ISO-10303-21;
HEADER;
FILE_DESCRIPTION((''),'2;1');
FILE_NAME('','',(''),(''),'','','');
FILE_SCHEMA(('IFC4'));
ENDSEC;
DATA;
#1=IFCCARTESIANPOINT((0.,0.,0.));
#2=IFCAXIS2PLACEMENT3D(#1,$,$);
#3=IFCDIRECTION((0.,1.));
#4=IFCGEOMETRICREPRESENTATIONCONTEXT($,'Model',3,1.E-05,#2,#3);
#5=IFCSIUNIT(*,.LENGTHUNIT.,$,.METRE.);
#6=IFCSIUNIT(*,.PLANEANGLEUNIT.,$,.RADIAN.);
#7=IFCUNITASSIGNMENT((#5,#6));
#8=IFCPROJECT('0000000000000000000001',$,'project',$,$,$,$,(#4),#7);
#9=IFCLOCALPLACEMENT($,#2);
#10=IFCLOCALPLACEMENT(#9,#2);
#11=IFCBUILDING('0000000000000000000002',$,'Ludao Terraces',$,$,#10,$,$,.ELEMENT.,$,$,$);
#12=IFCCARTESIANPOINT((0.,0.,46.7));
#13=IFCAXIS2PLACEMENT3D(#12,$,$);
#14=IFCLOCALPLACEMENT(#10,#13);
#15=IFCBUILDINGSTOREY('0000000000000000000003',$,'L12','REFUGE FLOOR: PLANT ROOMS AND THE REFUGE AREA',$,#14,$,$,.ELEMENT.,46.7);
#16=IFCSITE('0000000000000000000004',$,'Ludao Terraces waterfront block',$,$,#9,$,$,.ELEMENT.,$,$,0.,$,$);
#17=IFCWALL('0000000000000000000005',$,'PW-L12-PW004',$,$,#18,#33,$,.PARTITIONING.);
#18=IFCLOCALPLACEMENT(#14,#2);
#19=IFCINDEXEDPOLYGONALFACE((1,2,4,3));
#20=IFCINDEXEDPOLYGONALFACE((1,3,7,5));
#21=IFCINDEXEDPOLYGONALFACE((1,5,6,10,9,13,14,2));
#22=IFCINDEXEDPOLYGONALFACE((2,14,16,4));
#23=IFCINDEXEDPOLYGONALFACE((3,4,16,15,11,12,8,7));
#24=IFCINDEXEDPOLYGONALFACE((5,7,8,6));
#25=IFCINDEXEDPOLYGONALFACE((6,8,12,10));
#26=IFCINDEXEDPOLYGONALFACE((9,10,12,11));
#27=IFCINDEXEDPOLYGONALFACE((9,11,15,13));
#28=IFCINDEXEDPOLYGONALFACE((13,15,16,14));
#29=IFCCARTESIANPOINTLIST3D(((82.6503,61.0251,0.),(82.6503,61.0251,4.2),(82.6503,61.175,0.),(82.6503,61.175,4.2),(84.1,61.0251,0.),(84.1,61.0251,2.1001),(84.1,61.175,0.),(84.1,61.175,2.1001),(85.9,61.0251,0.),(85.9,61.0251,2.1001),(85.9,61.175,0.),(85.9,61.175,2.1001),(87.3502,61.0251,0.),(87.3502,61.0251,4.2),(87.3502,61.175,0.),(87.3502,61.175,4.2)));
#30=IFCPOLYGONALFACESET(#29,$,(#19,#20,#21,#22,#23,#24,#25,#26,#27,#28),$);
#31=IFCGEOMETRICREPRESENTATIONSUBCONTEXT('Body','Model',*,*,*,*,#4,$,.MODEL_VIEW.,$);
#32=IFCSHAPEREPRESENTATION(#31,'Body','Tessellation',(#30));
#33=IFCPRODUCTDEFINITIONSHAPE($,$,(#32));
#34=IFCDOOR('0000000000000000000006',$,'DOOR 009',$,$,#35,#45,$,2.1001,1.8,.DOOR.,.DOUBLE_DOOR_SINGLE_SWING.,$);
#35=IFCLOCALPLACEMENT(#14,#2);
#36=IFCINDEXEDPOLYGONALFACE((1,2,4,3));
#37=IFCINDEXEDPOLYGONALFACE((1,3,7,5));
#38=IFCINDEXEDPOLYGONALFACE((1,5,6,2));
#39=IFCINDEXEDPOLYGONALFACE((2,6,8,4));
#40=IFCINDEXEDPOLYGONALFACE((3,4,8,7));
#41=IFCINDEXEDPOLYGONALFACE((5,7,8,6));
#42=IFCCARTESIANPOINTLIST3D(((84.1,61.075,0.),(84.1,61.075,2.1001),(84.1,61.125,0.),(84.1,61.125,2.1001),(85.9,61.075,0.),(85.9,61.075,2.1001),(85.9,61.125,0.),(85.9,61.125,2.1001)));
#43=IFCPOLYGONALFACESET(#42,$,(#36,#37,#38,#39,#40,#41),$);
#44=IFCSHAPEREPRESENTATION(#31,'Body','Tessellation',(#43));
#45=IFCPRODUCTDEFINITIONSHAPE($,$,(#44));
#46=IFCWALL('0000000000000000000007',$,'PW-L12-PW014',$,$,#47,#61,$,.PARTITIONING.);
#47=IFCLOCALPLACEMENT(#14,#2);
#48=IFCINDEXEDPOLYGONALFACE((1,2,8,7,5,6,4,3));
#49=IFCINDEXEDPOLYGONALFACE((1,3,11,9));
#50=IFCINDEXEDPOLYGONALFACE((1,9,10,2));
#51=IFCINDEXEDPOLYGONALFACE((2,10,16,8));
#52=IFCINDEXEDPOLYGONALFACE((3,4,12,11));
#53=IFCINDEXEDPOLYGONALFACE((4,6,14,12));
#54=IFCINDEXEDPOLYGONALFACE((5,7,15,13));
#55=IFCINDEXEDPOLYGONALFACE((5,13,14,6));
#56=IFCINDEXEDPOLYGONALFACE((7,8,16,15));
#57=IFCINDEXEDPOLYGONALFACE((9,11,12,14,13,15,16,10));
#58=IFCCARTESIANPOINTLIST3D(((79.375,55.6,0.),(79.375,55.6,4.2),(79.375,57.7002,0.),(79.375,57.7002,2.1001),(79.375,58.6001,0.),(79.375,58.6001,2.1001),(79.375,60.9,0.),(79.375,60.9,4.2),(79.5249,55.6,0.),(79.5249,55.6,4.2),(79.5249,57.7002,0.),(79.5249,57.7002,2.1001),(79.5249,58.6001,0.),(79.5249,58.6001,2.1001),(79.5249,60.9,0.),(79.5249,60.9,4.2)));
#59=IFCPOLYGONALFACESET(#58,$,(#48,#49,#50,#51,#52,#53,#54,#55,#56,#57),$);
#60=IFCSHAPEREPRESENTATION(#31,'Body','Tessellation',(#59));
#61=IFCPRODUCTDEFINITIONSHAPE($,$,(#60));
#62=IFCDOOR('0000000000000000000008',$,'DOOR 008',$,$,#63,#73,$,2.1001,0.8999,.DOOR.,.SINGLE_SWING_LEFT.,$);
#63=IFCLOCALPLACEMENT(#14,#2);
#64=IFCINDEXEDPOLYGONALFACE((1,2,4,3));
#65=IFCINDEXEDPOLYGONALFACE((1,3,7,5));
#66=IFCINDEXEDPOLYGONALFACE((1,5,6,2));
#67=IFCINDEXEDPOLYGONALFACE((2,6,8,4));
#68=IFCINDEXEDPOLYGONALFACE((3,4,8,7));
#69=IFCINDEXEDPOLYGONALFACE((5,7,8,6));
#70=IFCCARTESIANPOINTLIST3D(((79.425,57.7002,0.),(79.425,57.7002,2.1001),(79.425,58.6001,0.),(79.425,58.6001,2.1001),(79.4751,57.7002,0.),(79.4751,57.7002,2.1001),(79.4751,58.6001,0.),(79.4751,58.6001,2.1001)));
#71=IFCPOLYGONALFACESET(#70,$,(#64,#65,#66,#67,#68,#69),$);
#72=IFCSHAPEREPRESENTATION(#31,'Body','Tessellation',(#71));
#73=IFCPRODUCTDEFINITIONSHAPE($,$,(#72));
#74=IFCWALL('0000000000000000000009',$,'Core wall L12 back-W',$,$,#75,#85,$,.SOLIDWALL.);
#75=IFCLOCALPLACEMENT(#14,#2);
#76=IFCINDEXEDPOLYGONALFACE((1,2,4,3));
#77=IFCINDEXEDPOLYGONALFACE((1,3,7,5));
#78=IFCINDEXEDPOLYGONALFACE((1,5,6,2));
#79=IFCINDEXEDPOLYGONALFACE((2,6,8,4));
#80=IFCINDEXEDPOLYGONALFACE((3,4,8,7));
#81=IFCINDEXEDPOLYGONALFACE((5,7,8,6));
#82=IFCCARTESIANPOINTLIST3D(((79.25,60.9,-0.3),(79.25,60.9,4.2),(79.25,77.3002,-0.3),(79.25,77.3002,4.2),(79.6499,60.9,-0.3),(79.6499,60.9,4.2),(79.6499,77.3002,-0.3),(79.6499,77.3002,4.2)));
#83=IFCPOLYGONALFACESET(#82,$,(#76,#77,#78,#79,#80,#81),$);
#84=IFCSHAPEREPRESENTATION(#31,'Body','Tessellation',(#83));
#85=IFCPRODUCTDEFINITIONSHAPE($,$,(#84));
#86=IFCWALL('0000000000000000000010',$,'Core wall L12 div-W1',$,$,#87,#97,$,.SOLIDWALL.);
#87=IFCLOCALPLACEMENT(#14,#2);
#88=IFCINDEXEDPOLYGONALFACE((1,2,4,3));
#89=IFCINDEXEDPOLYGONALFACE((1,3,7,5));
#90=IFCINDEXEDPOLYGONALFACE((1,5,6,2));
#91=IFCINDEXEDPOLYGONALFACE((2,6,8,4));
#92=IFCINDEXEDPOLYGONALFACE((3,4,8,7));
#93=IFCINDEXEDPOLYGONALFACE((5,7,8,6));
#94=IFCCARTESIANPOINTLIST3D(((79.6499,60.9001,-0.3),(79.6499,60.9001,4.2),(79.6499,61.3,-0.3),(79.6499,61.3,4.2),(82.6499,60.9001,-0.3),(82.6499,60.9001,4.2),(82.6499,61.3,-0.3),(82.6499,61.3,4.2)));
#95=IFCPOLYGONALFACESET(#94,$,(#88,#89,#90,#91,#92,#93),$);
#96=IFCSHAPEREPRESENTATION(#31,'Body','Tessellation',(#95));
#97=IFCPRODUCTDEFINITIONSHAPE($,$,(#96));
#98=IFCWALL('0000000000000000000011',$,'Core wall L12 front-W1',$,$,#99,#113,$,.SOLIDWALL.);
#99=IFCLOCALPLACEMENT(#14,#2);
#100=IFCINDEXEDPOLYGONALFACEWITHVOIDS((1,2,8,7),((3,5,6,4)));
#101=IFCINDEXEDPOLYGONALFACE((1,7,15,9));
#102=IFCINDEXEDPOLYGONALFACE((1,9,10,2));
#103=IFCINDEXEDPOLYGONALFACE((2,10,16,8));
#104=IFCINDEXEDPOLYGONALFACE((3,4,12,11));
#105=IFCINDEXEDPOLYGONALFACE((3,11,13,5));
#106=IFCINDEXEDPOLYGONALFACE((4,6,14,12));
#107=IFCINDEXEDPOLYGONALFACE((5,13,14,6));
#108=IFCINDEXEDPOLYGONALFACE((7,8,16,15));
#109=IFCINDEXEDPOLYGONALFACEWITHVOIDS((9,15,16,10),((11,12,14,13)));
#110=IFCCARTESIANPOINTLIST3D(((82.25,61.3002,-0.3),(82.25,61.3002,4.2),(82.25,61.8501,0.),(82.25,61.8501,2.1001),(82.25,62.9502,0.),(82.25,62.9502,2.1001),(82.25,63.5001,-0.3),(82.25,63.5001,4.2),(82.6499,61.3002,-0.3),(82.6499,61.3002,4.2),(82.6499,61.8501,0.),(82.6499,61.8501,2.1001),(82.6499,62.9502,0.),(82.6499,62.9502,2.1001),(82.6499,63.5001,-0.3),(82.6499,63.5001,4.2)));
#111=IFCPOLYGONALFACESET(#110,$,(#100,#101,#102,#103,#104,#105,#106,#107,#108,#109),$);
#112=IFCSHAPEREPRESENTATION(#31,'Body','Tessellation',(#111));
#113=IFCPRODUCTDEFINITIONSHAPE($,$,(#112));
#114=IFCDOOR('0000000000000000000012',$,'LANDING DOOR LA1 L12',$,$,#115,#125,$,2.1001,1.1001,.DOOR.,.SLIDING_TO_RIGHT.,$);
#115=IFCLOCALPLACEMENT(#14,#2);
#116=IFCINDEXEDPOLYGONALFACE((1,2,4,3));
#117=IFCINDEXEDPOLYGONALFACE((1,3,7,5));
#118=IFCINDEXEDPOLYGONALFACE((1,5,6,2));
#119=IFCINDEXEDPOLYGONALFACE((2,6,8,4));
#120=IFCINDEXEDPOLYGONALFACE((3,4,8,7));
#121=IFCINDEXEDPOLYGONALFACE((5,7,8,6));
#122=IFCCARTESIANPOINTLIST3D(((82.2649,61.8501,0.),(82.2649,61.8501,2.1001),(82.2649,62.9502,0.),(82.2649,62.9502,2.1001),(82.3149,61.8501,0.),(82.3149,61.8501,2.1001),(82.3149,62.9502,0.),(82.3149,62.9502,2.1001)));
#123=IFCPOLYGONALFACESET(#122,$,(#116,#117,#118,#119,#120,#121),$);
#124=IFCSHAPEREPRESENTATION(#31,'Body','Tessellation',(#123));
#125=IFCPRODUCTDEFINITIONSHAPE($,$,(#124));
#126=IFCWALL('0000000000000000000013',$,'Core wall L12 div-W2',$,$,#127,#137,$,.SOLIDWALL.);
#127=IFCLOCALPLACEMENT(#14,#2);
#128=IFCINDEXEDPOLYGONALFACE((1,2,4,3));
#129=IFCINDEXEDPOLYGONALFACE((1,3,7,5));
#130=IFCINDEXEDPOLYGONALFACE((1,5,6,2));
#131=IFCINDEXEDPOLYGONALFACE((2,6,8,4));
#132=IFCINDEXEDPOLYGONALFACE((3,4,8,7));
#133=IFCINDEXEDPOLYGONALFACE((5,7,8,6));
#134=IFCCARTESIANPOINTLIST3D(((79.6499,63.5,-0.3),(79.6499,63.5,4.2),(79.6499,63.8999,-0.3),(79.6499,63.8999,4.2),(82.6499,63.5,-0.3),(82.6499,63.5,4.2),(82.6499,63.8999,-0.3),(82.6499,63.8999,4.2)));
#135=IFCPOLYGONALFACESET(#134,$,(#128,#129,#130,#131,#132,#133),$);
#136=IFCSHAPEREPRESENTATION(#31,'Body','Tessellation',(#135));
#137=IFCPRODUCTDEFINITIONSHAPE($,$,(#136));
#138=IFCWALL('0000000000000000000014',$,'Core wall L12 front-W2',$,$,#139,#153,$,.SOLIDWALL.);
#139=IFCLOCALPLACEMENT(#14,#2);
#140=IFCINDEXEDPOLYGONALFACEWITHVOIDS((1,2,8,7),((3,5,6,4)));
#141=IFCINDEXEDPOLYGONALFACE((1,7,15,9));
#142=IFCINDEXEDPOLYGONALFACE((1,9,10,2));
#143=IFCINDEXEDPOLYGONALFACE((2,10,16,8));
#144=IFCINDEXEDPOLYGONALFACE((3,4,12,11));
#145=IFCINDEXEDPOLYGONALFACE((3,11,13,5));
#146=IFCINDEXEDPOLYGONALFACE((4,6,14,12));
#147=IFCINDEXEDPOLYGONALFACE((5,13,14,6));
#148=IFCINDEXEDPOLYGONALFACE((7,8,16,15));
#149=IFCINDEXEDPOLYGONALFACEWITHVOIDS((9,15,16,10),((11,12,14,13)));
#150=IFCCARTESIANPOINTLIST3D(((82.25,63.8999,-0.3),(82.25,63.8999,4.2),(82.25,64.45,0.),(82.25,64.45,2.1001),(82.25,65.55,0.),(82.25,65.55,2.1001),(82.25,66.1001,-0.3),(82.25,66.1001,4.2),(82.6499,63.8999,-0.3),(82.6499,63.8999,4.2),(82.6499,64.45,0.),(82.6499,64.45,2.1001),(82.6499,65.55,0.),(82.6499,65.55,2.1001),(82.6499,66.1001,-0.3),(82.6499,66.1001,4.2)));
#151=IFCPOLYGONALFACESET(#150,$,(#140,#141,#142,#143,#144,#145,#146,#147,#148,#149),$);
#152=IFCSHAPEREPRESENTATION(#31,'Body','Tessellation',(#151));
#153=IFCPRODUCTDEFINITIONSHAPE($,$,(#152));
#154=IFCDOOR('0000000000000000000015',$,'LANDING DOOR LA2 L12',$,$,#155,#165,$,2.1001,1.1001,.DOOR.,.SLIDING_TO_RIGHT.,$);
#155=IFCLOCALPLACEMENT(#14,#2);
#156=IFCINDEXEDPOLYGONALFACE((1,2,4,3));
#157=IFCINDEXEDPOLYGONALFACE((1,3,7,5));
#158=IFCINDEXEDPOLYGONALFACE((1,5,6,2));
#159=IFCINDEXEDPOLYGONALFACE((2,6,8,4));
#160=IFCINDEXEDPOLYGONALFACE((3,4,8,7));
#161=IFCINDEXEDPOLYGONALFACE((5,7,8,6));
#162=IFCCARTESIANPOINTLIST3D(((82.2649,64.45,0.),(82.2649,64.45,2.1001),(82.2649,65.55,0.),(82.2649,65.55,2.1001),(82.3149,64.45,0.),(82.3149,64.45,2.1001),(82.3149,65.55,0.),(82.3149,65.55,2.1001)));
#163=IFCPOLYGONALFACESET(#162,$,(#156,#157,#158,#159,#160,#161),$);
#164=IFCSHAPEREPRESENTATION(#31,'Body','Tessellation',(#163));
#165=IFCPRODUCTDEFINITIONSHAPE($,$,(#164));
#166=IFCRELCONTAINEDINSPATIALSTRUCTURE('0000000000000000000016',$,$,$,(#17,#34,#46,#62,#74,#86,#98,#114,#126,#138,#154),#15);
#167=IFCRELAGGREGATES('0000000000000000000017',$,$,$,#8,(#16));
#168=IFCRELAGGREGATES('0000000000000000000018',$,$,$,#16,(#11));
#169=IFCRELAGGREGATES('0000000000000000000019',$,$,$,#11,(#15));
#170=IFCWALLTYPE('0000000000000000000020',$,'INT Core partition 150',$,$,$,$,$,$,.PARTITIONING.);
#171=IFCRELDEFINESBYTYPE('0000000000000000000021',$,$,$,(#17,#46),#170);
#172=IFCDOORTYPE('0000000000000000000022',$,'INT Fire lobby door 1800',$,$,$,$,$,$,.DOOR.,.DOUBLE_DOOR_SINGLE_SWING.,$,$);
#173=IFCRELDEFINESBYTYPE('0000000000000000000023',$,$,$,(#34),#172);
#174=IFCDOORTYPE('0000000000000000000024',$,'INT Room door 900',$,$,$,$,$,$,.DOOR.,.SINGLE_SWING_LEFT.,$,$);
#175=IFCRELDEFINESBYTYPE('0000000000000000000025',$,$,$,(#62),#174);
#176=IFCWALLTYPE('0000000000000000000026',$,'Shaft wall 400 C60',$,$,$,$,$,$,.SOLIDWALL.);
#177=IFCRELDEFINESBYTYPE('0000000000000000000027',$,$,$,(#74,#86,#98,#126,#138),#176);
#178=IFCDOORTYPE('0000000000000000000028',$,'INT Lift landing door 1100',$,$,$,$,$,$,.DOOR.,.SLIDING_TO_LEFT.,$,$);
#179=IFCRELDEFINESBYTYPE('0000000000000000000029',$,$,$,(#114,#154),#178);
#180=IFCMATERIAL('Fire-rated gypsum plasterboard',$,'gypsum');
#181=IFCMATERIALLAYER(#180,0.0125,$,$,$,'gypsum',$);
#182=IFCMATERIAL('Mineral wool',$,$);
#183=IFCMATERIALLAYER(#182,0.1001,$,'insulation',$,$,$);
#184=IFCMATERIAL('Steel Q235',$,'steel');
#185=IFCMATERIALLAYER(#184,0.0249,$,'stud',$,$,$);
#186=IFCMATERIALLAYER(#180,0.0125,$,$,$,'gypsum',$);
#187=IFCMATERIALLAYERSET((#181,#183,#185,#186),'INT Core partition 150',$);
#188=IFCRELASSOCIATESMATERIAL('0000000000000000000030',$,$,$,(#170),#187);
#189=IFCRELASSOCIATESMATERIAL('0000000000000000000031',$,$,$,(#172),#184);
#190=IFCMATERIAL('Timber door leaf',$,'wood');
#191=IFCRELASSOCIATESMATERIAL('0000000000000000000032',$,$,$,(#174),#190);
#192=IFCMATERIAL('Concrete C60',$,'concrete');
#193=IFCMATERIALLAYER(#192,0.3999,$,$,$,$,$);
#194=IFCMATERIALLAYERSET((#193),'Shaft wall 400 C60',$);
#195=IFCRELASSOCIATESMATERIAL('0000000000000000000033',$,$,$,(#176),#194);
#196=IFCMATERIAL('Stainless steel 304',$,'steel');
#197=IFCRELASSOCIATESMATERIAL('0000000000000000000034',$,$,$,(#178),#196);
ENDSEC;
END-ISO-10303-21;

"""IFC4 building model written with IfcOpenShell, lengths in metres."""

from ifc_helpers import new_model, si_unit, direction, frame, frame_2d, origin, place, context, subcontext, project, spatial, rectangle, extrude, material, layer, layer_set, type_object, element, fill, save


model = new_model("IFC4")

# Units and contexts
model_context = context("Model", 3, precision=1e-05, world=origin(), true_north=direction((0.0, 1.0)))
body_context = subcontext(model_context, "Body", "Model", "MODEL_VIEW")
ifc_project = project(units=[si_unit("LENGTHUNIT", "METRE"), si_unit("PLANEANGLEUNIT", "RADIAN")], contexts=[model_context])

# Site, building, storey
site_placement = place(None, origin())
site = spatial("IfcSite", under=ifc_project, at=site_placement, Name="Ludao Terraces waterfront block", CompositionType="ELEMENT", RefElevation=0.0)
building_placement = place(site_placement, origin())
building = spatial("IfcBuilding", under=site, at=building_placement, Name="Ludao Terraces", CompositionType="ELEMENT")
storey_placement = place(building_placement, frame((0.0, 0.0, 46.7)))
storey = spatial("IfcBuildingStorey", under=building, at=storey_placement, Name="L12", Description="REFUGE FLOOR: PLANT ROOMS AND THE REFUGE AREA", CompositionType="ELEMENT", Elevation=46.7)

# Walls, openings, doors
ifc_material_1 = material(Name="Fire-rated gypsum plasterboard", Category="gypsum")
ifc_layer_1 = layer(ifc_material_1, 0.0125, Category="gypsum")
ifc_material_2 = material(Name="Mineral wool")
ifc_layer_2 = layer(ifc_material_2, 0.1001, Name="insulation")
ifc_material_3 = material(Name="Steel Q235", Category="steel")
ifc_layer_3 = layer(ifc_material_3, 0.0249, Name="stud")
ifc_layer_4 = layer(ifc_material_1, 0.0125, Category="gypsum")
ifc_layer_set_1 = layer_set([ifc_layer_1, ifc_layer_2, ifc_layer_3, ifc_layer_4], Name="INT Core partition 150")
wall_type_1 = type_object("IfcWallType", Name="INT Core partition 150", PredefinedType="PARTITIONING", material=ifc_layer_set_1)
wall_1_placement = place(storey_placement, frame((82.6501, 61.1001, 0.0), z_axis=(0.0, 0.0, 1.0), x_axis=(1.0, 0.0, 0.0)))
wall_1 = element("IfcWall", 1, at=wall_1_placement, inside=storey, type_object=wall_type_1, Name="PW-L12-PW004", PredefinedType="PARTITIONING", context=body_context, shape_type="SweptSolid", body=[
    extrude(rectangle(XDim=4.7, YDim=0.1499, at=frame_2d((2.3501, 0.0))), origin(), (0.0, 0.0, 1.0), 4.2),
])
opening_1_placement = place(wall_1_placement, frame((1.45, 0.0, 0.0)))
opening_1 = element("IfcOpeningElement", 2, at=opening_1_placement, cuts=wall_1, PredefinedType="OPENING", context=body_context, shape_type="SweptSolid", body=[
    extrude(rectangle(XDim=1.8, YDim=2.1001, at=frame_2d((0.8999, 1.05))), frame((0.0, 0.085, 0.0), z_axis=(0.0, -1.0, 0.0), x_axis=(1.0, 0.0, 0.0)), (0.0, 0.0, 1.0), 0.1699),
])
door_type_1 = type_object("IfcDoorType", Name="INT Fire lobby door 1800", OperationType="DOUBLE_DOOR_SINGLE_SWING", PredefinedType="DOOR", material=ifc_material_3)
door_1_placement = place(opening_1_placement, origin())
door_1 = element("IfcDoor", 3, at=door_1_placement, inside=storey, type_object=door_type_1, Name="DOOR 009", OperationType="DOUBLE_DOOR_SINGLE_SWING", OverallHeight=2.1001, OverallWidth=1.8, PredefinedType="DOOR", context=body_context, shape_type="SweptSolid", body=[
    extrude(rectangle(XDim=1.8, YDim=2.1001, at=frame_2d((0.8999, 1.05))), frame((0.0, 0.0249, 0.0), z_axis=(0.0, -1.0, 0.0), x_axis=(1.0, 0.0, 0.0)), (0.0, 0.0, 1.0), 0.05),
])
fill(opening_1, door_1)
wall_2_placement = place(storey_placement, frame((79.45, 55.6001, 0.0), z_axis=(0.0, 0.0, 1.0), x_axis=(0.0, 1.0, 0.0)))
wall_2 = element("IfcWall", 4, at=wall_2_placement, inside=storey, type_object=wall_type_1, Name="PW-L12-PW014", PredefinedType="PARTITIONING", context=body_context, shape_type="SweptSolid", body=[
    extrude(rectangle(XDim=5.3, YDim=0.1499, at=frame_2d((2.6499, 0.0))), origin(), (0.0, 0.0, 1.0), 4.2),
])
opening_2_placement = place(wall_2_placement, frame((2.1001, 0.0, 0.0)))
opening_2 = element("IfcOpeningElement", 5, at=opening_2_placement, cuts=wall_2, PredefinedType="OPENING", context=body_context, shape_type="SweptSolid", body=[
    extrude(rectangle(XDim=0.8999, YDim=2.1001, at=frame_2d((0.45, 1.05))), frame((0.0, 0.085, 0.0), z_axis=(0.0, -1.0, 0.0), x_axis=(1.0, 0.0, 0.0)), (0.0, 0.0, 1.0), 0.1699),
])
ifc_material_4 = material(Name="Timber door leaf", Category="wood")
door_type_2 = type_object("IfcDoorType", Name="INT Room door 900", OperationType="SINGLE_SWING_LEFT", PredefinedType="DOOR", material=ifc_material_4)
door_2_placement = place(opening_2_placement, origin())
door_2 = element("IfcDoor", 6, at=door_2_placement, inside=storey, type_object=door_type_2, Name="DOOR 008", OperationType="SINGLE_SWING_LEFT", OverallHeight=2.1001, OverallWidth=0.8999, PredefinedType="DOOR", context=body_context, shape_type="SweptSolid", body=[
    extrude(rectangle(XDim=0.8999, YDim=2.1001, at=frame_2d((0.45, 1.05))), frame((0.0, 0.0249, 0.0), z_axis=(0.0, -1.0, 0.0), x_axis=(1.0, 0.0, 0.0)), (0.0, 0.0, 1.0), 0.05),
])
fill(opening_2, door_2)

# Walls
ifc_material_5 = material(Name="Concrete C60", Category="concrete")
ifc_layer_5 = layer(ifc_material_5, 0.3999)
ifc_layer_set_2 = layer_set([ifc_layer_5], Name="Shaft wall 400 C60")
wall_type_2 = type_object("IfcWallType", Name="Shaft wall 400 C60", PredefinedType="SOLIDWALL", material=ifc_layer_set_2)
wall_3_placement = place(storey_placement, frame((79.45, 60.8999, -0.3), z_axis=(0.0, 0.0, 1.0), x_axis=(0.0, 1.0, 0.0)))
element("IfcWall", 7, at=wall_3_placement, inside=storey, type_object=wall_type_2, Name="Core wall L12 back-W", PredefinedType="SOLIDWALL", context=body_context, shape_type="SweptSolid", body=[
    extrude(rectangle(XDim=16.4001, YDim=0.3999, at=frame_2d((8.2002, 0.0))), origin(), (0.0, 0.0, 1.0), 4.5),
])
wall_4_placement = place(storey_placement, frame((79.6499, 61.1001, -0.3), z_axis=(0.0, 0.0, 1.0), x_axis=(1.0, 0.0, 0.0)))
element("IfcWall", 8, at=wall_4_placement, inside=storey, type_object=wall_type_2, Name="Core wall L12 div-W1", PredefinedType="SOLIDWALL", context=body_context, shape_type="SweptSolid", body=[
    extrude(rectangle(XDim=3.0, YDim=0.3999, at=frame_2d((1.5, 0.0))), origin(), (0.0, 0.0, 1.0), 4.5),
])

# Wall, opening, door
wall_5_placement = place(storey_placement, frame((82.45, 61.3, -0.3), z_axis=(0.0, 0.0, 1.0), x_axis=(0.0, 1.0, 0.0)))
wall_5 = element("IfcWall", 9, at=wall_5_placement, inside=storey, type_object=wall_type_2, Name="Core wall L12 front-W1", PredefinedType="SOLIDWALL", context=body_context, shape_type="SweptSolid", body=[
    extrude(rectangle(XDim=2.2, YDim=0.3999, at=frame_2d((1.1001, 0.0))), origin(), (0.0, 0.0, 1.0), 4.5),
])
opening_3_placement = place(wall_5_placement, frame((0.55, 0.0, 0.3)))
opening_3 = element("IfcOpeningElement", 10, at=opening_3_placement, cuts=wall_5, PredefinedType="OPENING", context=body_context, shape_type="SweptSolid", body=[
    extrude(rectangle(XDim=1.1001, YDim=2.1001, at=frame_2d((0.55, 1.05))), frame((0.0, 0.21, 0.0), z_axis=(0.0, -1.0, 0.0), x_axis=(1.0, 0.0, 0.0)), (0.0, 0.0, 1.0), 0.4199),
])
ifc_material_6 = material(Name="Stainless steel 304", Category="steel")
door_type_3 = type_object("IfcDoorType", Name="INT Lift landing door 1100", OperationType="SLIDING_TO_LEFT", PredefinedType="DOOR", material=ifc_material_6)
door_3_placement = place(opening_3_placement, origin())
door_3 = element("IfcDoor", 11, at=door_3_placement, inside=storey, type_object=door_type_3, Name="LANDING DOOR LA1 L12", OperationType="SLIDING_TO_RIGHT", OverallHeight=2.1001, OverallWidth=1.1001, PredefinedType="DOOR", context=body_context, shape_type="SweptSolid", body=[
    extrude(rectangle(XDim=1.1001, YDim=2.1001, at=frame_2d((0.55, 1.05))), frame((0.0, 0.1851, 0.0), z_axis=(0.0, -1.0, 0.0), x_axis=(1.0, 0.0, 0.0)), (0.0, 0.0, 1.0), 0.05),
])
fill(opening_3, door_3)

# Wall
wall_6_placement = place(storey_placement, frame((79.6499, 63.7, -0.3), z_axis=(0.0, 0.0, 1.0), x_axis=(1.0, 0.0, 0.0)))
element("IfcWall", 12, at=wall_6_placement, inside=storey, type_object=wall_type_2, Name="Core wall L12 div-W2", PredefinedType="SOLIDWALL", context=body_context, shape_type="SweptSolid", body=[
    extrude(rectangle(XDim=3.0, YDim=0.3999, at=frame_2d((1.5, 0.0))), origin(), (0.0, 0.0, 1.0), 4.5),
])

# Wall, opening, door
wall_7_placement = place(storey_placement, frame((82.45, 63.8999, -0.3), z_axis=(0.0, 0.0, 1.0), x_axis=(0.0, 1.0, 0.0)))
wall_7 = element("IfcWall", 13, at=wall_7_placement, inside=storey, type_object=wall_type_2, Name="Core wall L12 front-W2", PredefinedType="SOLIDWALL", context=body_context, shape_type="SweptSolid", body=[
    extrude(rectangle(XDim=2.2002, YDim=0.3999, at=frame_2d((1.1001, 0.0))), origin(), (0.0, 0.0, 1.0), 4.5),
])
opening_4_placement = place(wall_7_placement, frame((0.55, 0.0, 0.3)))
opening_4 = element("IfcOpeningElement", 14, at=opening_4_placement, cuts=wall_7, PredefinedType="OPENING", context=body_context, shape_type="SweptSolid", body=[
    extrude(rectangle(XDim=1.1001, YDim=2.1001, at=frame_2d((0.55, 1.05))), frame((0.0, 0.21, 0.0), z_axis=(0.0, -1.0, 0.0), x_axis=(1.0, 0.0, 0.0)), (0.0, 0.0, 1.0), 0.4199),
])
door_4_placement = place(opening_4_placement, origin())
door_4 = element("IfcDoor", 15, at=door_4_placement, inside=storey, type_object=door_type_3, Name="LANDING DOOR LA2 L12", OperationType="SLIDING_TO_RIGHT", OverallHeight=2.1001, OverallWidth=1.1001, PredefinedType="DOOR", context=body_context, shape_type="SweptSolid", body=[
    extrude(rectangle(XDim=1.1001, YDim=2.1001, at=frame_2d((0.55, 1.05))), frame((0.0, 0.1851, 0.0), z_axis=(0.0, -1.0, 0.0), x_axis=(1.0, 0.0, 0.0)), (0.0, 0.0, 1.0), 0.05),
])
fill(opening_4, door_4)

save(model, "model.ifc")
